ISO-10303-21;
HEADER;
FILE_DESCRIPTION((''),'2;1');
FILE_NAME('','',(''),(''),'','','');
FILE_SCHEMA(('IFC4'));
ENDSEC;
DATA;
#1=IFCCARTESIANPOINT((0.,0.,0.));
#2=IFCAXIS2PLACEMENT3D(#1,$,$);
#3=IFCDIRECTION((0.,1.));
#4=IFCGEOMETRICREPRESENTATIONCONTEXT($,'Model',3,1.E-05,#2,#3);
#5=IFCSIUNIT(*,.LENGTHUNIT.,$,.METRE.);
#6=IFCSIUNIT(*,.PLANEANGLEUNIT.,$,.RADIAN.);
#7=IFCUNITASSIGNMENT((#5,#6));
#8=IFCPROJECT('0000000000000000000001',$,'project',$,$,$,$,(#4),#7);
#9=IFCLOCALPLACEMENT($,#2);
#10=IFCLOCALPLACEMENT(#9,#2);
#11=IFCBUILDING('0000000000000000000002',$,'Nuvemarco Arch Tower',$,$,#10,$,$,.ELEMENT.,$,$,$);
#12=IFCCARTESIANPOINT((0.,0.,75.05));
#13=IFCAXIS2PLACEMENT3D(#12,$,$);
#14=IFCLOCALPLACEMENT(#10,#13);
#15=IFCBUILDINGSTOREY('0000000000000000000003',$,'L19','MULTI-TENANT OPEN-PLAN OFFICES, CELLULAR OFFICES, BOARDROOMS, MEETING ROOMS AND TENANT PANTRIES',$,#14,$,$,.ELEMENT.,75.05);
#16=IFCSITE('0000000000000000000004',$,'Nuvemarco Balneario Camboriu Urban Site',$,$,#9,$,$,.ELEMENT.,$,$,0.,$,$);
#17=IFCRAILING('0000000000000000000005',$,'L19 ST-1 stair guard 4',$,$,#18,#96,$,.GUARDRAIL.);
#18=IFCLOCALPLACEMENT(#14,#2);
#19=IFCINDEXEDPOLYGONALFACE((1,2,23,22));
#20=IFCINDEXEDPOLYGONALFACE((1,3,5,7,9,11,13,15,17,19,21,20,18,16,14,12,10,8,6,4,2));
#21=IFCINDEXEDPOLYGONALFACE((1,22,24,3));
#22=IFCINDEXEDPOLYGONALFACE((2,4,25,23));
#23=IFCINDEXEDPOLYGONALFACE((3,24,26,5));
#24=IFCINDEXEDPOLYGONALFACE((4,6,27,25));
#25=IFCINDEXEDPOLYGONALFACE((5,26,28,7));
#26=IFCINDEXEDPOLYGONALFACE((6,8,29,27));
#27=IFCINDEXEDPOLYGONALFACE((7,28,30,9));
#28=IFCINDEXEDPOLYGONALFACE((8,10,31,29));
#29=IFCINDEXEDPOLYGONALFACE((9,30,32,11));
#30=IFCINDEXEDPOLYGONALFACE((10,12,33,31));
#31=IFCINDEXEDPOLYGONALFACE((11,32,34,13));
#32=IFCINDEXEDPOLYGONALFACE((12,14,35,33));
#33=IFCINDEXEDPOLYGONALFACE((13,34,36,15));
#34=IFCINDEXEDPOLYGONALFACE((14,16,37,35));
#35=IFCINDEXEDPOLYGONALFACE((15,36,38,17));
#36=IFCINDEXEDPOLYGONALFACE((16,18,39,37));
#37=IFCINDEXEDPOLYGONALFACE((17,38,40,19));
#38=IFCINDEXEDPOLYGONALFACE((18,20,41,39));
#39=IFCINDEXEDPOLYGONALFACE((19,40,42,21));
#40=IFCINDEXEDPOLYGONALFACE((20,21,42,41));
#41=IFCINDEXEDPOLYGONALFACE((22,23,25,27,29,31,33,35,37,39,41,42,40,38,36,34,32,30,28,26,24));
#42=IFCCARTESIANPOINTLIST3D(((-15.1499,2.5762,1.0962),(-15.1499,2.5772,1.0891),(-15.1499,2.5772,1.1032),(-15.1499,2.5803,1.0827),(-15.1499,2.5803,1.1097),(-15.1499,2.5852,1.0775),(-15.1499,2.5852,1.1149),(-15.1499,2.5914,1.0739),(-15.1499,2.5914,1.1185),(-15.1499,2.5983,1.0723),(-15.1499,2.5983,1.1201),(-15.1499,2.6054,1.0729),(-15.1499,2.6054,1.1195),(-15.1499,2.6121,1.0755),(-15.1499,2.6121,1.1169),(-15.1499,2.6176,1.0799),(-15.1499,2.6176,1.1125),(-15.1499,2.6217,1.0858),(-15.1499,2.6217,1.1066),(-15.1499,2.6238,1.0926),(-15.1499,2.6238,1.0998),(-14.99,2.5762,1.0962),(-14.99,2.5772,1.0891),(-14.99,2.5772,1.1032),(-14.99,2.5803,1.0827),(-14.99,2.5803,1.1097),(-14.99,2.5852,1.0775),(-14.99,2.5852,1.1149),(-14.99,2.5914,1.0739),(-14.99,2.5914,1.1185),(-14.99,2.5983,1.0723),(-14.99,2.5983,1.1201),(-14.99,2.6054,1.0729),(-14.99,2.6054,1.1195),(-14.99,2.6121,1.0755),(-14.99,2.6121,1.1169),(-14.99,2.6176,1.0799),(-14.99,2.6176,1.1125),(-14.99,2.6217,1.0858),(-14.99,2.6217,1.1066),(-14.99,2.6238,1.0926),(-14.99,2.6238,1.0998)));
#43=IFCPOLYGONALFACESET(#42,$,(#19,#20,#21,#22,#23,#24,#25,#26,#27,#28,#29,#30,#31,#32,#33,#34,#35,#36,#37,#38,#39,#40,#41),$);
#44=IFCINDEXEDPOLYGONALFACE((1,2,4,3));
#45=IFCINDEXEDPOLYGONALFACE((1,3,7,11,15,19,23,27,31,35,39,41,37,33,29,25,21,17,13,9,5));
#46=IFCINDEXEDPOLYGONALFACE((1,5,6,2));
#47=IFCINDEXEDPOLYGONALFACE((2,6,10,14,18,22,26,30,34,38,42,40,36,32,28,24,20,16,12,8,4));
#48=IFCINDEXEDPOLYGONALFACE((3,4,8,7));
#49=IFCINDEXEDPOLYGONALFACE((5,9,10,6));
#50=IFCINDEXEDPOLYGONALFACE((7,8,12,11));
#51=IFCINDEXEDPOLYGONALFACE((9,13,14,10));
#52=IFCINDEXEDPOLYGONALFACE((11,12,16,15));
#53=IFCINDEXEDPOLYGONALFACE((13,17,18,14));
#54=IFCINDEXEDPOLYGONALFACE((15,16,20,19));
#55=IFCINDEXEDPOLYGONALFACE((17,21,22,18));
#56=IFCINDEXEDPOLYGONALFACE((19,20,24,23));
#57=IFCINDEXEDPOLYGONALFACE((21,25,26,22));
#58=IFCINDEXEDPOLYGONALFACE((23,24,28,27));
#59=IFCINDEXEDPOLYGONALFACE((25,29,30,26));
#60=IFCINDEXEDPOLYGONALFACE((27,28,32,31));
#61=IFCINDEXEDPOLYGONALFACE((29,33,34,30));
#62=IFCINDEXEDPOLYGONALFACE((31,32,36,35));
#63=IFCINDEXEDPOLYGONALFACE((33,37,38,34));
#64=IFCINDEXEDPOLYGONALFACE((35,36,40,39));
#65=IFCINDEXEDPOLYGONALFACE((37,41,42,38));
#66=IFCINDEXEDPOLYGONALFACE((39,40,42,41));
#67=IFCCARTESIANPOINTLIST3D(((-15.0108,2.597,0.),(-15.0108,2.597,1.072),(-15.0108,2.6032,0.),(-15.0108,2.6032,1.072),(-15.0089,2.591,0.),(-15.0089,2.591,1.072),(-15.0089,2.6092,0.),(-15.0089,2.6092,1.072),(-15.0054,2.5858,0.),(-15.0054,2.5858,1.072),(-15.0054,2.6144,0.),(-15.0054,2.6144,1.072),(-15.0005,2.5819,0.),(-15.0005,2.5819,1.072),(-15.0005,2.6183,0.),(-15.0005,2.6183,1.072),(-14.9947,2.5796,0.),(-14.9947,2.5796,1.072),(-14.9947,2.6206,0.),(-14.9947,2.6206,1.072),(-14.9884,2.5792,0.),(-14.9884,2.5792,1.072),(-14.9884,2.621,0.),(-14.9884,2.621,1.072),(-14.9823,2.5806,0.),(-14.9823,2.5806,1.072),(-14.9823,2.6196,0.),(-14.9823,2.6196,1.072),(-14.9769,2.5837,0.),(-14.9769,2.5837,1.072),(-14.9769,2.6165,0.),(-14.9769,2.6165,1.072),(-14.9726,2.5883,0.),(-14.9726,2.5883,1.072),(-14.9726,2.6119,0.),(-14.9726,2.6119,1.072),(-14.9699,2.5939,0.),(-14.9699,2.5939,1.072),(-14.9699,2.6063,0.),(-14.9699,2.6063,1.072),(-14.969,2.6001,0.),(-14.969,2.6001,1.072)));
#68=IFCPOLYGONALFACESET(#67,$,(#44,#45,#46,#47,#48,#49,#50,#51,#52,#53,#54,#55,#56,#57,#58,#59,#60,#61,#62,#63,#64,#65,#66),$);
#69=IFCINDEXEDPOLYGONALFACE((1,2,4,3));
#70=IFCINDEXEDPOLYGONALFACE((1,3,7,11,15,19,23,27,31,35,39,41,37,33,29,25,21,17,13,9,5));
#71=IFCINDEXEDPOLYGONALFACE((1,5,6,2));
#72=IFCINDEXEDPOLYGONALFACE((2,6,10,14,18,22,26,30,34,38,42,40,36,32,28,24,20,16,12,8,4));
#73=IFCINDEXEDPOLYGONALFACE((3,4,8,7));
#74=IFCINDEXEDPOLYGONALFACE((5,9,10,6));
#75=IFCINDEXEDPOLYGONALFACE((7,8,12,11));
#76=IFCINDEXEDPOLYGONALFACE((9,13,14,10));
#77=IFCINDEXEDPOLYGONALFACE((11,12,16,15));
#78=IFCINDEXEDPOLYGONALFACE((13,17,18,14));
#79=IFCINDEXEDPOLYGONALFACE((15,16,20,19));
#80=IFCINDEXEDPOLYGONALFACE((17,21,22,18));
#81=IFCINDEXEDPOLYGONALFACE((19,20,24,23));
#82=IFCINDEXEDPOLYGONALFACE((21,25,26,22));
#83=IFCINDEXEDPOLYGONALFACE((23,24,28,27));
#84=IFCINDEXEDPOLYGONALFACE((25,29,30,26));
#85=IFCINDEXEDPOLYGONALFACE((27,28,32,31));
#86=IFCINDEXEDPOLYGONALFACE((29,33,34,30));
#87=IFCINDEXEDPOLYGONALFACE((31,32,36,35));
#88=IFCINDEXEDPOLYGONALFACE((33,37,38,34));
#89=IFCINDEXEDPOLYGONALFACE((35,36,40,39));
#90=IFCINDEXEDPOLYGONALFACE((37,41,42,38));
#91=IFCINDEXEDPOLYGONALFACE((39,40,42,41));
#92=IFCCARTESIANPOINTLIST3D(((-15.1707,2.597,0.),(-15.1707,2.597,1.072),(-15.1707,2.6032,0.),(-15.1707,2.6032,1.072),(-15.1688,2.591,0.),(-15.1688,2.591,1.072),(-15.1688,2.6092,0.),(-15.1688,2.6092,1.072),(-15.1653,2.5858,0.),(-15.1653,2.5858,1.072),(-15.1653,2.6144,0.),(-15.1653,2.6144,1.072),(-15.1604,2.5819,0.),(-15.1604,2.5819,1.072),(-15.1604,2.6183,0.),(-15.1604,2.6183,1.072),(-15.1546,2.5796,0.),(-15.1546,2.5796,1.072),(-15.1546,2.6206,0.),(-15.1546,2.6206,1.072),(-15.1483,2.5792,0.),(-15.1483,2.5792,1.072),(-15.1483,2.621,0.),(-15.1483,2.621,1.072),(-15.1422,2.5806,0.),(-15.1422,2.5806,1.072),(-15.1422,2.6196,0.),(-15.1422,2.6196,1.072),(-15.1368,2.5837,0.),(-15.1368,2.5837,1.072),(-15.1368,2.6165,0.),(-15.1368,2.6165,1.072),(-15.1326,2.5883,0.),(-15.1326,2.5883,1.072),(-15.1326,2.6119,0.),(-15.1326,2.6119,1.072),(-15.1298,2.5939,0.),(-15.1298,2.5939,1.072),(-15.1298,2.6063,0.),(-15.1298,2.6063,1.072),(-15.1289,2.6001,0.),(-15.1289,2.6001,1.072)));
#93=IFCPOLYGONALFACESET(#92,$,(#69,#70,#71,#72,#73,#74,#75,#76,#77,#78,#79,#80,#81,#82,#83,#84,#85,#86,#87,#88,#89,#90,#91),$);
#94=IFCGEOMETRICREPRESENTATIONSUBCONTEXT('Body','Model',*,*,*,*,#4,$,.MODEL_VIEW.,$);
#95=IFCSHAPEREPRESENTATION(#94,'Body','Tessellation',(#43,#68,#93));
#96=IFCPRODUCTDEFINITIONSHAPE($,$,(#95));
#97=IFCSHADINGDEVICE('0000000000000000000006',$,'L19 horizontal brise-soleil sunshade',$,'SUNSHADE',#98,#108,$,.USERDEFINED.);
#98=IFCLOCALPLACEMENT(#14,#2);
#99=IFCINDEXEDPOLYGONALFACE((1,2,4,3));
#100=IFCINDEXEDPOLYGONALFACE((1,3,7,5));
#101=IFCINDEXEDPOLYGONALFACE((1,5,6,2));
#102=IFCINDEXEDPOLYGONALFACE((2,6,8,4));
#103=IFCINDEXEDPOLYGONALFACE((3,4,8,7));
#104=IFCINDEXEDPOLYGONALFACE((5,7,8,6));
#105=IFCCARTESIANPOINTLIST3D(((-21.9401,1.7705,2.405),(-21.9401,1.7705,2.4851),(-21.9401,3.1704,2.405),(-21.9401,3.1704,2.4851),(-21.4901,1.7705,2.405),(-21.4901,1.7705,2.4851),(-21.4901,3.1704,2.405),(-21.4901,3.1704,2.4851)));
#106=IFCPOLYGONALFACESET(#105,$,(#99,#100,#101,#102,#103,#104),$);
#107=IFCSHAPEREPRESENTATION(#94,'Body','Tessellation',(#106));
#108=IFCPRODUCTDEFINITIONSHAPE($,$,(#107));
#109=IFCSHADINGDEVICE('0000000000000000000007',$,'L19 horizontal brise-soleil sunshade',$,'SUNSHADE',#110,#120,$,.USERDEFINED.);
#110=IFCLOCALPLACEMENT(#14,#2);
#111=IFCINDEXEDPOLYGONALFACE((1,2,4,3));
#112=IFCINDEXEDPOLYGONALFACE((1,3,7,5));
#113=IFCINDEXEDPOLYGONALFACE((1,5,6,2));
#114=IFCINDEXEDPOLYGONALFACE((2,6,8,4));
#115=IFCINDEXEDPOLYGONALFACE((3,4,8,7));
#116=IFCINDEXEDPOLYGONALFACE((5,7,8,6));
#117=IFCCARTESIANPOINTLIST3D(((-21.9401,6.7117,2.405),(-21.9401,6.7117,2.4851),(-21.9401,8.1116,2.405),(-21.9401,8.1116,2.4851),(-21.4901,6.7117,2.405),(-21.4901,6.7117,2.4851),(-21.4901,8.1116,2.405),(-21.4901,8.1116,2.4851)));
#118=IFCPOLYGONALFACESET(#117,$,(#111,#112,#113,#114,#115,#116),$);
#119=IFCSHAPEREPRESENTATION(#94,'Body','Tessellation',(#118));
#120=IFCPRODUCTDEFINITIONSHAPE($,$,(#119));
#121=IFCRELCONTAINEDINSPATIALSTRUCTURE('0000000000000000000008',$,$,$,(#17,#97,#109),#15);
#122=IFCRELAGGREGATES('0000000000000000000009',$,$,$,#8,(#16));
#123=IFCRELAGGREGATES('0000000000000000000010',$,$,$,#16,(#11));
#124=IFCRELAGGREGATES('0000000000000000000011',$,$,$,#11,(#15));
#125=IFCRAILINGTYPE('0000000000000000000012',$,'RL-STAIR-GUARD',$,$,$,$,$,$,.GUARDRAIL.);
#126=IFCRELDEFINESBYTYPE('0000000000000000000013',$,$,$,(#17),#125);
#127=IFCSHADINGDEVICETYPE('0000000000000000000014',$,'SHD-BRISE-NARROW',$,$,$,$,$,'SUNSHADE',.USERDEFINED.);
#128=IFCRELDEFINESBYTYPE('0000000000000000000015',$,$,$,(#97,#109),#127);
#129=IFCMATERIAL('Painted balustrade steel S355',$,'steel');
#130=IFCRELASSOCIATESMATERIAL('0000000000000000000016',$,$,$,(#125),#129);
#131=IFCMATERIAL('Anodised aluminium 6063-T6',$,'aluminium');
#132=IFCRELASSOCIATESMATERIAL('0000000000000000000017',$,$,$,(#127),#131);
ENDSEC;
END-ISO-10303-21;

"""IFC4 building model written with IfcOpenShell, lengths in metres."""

from ifc_helpers import new_model, si_unit, direction, frame, origin, origin_2d, place, context, subcontext, project, spatial, rectangle, circle, extrude, source, transform, mapped, material, type_object, type_shapes, element, save


model = new_model("IFC4")

# Units and contexts
model_context = context("Model", 3, precision=1e-05, world=origin(), true_north=direction((0.0, 1.0)))
body_context = subcontext(model_context, "Body", "Model", "MODEL_VIEW")
ifc_project = project(units=[si_unit("LENGTHUNIT", "METRE"), si_unit("PLANEANGLEUNIT", "RADIAN")], contexts=[model_context])

# Site, building, storey
site_placement = place(None, origin())
site = spatial("IfcSite", under=ifc_project, at=site_placement, Name="Nuvemarco Balneario Camboriu Urban Site", CompositionType="ELEMENT", RefElevation=0.0)
building_placement = place(site_placement, origin())
building = spatial("IfcBuilding", under=site, at=building_placement, Name="Nuvemarco Arch Tower", CompositionType="ELEMENT")
storey_placement = place(building_placement, frame((0.0, 0.0, 75.05)))
storey = spatial("IfcBuildingStorey", under=building, at=storey_placement, Name="L19", Description="MULTI-TENANT OPEN-PLAN OFFICES, CELLULAR OFFICES, BOARDROOMS, MEETING ROOMS AND TENANT PANTRIES", CompositionType="ELEMENT", Elevation=75.05)

# Railing
ifc_material_1 = material(Name="Painted balustrade steel S355", Category="steel")
railing_type_1 = type_object("IfcRailingType", Name="RL-STAIR-GUARD", PredefinedType="GUARDRAIL", material=ifc_material_1)
railing_1_placement = place(storey_placement, frame((-14.99, 2.6001, 0.0)))
element("IfcRailing", 1, at=railing_1_placement, inside=storey, type_object=railing_type_1, Name="L19 ST-1 stair guard 4", PredefinedType="GUARDRAIL", context=body_context, shape_type="SweptSolid", body=[
    extrude(circle(Radius=0.0239, at=origin_2d()), frame((0.0, 0.0, 1.0962), z_axis=(-1.0, 0.0, 0.0), x_axis=(0.0, -1.0, 0.0)), (0.0, 0.0, 1.0), 0.1599),
    extrude(circle(Radius=0.021, at=origin_2d()), origin(), (0.0, 0.0, 1.0), 1.072),
    extrude(circle(Radius=0.021, at=origin_2d()), frame((-0.1599, 0.0, 0.0)), (0.0, 0.0, 1.0), 1.072),
])

# Shading devices
ifc_material_2 = material(Name="Anodised aluminium 6063-T6", Category="aluminium")
shading_device_type = type_object("IfcShadingDeviceType", Name="SHD-BRISE-NARROW", ElementType="SUNSHADE", PredefinedType="USERDEFINED", material=ifc_material_2)
shared_shape = source(origin(), body_context, "Body", "SweptSolid", [
    extrude(rectangle(XDim=1.3999, YDim=0.45, at=origin_2d()), origin(), (0.0, 0.0, 1.0), 0.0801),
])
type_shapes(shading_device_type, [shared_shape])
for number, where, z_axis, x_axis, name in (
    (2, (-21.7151, 2.4705, 2.405), (0.0, 0.0, 1.0), (0.0, 1.0, 0.0), "L19 horizontal brise-soleil sunshade"),
    (3, (-21.7151, 7.4116, 2.405), (0.0, 0.0, 1.0), (0.0, 1.0, 0.0), "L19 horizontal brise-soleil sunshade"),
):
    element("IfcShadingDevice", number, at=place(storey_placement, frame(where, z_axis=z_axis, x_axis=x_axis)), inside=storey, type_object=shading_device_type, Name=name, ObjectType="SUNSHADE", PredefinedType="USERDEFINED", context=body_context, shape_type="MappedRepresentation", body=[
        mapped(shared_shape, transform((0.0, 0.0, 0.0), scale=1.0)),
    ])

save(model, "model.ifc")
